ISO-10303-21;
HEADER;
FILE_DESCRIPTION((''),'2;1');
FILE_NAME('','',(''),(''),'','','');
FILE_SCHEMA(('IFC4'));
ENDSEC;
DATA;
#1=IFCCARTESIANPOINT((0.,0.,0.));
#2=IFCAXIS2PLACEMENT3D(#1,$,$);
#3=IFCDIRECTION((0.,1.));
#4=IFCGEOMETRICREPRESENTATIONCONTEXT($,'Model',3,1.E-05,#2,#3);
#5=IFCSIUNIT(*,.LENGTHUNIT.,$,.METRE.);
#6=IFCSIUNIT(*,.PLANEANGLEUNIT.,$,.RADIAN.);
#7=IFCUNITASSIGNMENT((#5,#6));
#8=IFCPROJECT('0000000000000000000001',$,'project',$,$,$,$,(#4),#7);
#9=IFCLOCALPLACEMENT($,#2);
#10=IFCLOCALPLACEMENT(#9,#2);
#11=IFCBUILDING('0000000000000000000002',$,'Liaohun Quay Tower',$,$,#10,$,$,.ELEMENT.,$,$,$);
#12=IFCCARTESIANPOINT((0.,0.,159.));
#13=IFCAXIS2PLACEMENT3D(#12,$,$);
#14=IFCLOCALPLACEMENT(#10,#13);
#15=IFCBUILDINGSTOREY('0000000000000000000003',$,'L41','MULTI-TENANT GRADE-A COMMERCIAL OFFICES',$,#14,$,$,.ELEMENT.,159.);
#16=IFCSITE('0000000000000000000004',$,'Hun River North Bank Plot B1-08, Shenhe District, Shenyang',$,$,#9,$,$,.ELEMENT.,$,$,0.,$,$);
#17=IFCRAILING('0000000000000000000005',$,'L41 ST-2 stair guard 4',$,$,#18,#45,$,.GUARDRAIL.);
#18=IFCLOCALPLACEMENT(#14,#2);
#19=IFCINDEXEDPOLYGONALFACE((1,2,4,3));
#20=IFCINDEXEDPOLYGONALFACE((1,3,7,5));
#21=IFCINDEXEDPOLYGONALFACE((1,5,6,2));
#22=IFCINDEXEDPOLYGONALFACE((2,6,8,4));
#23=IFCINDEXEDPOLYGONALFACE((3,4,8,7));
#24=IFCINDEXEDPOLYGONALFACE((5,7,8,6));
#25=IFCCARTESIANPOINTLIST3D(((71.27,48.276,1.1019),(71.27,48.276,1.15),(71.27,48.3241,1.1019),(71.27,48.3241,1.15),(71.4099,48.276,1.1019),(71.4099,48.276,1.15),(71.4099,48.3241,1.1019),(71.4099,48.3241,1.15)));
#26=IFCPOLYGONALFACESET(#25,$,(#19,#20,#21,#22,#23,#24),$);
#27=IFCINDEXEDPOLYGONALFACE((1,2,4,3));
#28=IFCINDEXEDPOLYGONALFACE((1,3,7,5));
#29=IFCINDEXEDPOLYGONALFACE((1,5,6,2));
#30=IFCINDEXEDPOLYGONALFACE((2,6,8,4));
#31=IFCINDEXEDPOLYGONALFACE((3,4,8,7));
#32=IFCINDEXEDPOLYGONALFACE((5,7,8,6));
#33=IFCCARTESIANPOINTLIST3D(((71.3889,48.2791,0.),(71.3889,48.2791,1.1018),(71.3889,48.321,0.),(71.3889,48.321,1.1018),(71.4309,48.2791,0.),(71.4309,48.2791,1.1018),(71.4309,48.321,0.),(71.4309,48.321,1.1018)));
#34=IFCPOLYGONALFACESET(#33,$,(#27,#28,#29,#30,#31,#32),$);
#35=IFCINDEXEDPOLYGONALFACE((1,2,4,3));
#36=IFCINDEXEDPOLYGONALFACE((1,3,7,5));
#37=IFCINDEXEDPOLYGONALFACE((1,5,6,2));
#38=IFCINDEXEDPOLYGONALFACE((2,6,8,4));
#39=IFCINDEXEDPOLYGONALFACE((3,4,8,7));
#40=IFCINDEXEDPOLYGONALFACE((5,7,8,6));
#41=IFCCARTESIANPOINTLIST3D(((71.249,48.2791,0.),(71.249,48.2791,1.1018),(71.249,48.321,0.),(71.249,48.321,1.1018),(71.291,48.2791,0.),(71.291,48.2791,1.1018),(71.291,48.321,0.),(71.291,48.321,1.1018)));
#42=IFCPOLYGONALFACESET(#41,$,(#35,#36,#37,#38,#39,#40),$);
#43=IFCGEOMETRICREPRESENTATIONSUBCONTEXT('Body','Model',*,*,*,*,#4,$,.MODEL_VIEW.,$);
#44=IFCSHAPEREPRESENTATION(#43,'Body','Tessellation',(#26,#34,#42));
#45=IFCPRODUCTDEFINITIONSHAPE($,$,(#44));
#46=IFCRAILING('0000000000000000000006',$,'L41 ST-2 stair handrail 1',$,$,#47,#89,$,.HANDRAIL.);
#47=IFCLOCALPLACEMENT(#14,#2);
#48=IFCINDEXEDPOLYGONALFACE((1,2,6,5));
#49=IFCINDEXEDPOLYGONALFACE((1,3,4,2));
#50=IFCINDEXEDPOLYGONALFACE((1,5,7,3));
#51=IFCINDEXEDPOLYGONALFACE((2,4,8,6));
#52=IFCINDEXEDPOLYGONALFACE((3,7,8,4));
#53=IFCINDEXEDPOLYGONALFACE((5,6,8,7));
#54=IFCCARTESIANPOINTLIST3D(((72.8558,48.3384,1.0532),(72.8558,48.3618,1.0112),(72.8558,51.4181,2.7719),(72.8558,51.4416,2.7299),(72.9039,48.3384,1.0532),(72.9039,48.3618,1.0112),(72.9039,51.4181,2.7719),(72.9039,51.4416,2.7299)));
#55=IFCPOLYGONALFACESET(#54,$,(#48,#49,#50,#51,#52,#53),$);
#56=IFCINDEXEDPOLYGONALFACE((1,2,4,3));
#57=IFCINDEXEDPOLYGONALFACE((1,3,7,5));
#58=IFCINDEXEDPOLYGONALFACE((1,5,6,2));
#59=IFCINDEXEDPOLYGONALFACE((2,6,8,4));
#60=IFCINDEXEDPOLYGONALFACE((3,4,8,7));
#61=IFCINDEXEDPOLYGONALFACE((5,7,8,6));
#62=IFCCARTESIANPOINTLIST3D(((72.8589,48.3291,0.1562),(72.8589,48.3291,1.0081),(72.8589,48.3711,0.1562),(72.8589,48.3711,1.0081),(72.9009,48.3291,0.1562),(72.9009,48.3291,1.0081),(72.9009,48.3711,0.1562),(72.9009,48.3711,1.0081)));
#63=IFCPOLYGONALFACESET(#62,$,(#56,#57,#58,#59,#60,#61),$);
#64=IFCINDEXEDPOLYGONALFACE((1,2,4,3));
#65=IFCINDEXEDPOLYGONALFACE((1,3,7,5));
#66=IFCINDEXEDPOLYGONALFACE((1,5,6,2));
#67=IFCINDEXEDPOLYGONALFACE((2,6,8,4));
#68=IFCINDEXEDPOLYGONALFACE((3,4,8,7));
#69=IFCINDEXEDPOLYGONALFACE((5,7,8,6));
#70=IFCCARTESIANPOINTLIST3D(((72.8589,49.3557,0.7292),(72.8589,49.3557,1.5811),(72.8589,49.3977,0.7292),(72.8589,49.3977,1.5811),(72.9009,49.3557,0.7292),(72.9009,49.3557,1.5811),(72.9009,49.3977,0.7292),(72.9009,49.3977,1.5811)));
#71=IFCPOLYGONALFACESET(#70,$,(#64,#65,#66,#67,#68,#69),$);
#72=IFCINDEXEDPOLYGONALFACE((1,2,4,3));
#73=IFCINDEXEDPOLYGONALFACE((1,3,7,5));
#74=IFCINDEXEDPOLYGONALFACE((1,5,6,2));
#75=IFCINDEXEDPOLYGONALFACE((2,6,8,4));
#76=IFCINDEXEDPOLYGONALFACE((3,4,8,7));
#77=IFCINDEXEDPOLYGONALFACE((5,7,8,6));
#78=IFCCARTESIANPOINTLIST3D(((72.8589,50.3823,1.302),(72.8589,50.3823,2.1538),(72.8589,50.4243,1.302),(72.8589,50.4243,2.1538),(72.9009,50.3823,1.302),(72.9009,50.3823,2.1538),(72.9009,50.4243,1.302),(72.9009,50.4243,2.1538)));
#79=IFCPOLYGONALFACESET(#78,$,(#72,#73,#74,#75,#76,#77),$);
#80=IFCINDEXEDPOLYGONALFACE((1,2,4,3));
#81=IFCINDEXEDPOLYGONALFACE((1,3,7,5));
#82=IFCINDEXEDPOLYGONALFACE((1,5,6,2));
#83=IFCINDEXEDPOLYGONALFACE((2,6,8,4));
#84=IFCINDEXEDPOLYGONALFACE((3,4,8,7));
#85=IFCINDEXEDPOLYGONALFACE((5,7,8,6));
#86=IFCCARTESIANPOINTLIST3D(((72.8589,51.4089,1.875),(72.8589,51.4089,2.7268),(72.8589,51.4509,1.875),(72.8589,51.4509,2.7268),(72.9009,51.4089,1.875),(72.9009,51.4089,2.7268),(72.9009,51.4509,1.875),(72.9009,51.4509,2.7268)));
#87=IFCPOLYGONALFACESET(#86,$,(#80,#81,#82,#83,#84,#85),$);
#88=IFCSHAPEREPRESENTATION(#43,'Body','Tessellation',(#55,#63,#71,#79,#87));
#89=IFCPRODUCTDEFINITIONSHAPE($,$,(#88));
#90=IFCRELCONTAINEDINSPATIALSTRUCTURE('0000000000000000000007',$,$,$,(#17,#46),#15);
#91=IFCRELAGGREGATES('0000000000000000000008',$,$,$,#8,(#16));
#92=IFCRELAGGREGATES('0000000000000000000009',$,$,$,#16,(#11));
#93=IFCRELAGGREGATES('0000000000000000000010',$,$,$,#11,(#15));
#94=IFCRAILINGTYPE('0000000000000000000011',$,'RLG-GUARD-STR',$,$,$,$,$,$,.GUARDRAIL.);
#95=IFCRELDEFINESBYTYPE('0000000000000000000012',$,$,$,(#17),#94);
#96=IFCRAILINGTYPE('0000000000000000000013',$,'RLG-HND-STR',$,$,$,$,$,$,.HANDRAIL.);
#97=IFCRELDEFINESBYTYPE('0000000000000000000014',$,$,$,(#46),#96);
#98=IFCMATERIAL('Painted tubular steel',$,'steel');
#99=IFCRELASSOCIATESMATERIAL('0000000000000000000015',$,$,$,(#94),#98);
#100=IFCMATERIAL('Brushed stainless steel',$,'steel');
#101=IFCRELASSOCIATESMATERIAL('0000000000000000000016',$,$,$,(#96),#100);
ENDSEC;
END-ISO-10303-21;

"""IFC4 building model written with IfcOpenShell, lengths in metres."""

from ifc_helpers import new_model, si_unit, direction, frame, origin, origin_2d, place, context, subcontext, project, spatial, rectangle, extrude, material, type_object, element, save


model = new_model("IFC4")

# Units and contexts
model_context = context("Model", 3, precision=1e-05, world=origin(), true_north=direction((0.0, 1.0)))
body_context = subcontext(model_context, "Body", "Model", "MODEL_VIEW")
ifc_project = project(units=[si_unit("LENGTHUNIT", "METRE"), si_unit("PLANEANGLEUNIT", "RADIAN")], contexts=[model_context])

# Site, building, storey
site_placement = place(None, origin())
site = spatial("IfcSite", under=ifc_project, at=site_placement, Name="Hun River North Bank Plot B1-08, Shenhe District, Shenyang", CompositionType="ELEMENT", RefElevation=0.0)
building_placement = place(site_placement, origin())
building = spatial("IfcBuilding", under=site, at=building_placement, Name="Liaohun Quay Tower", CompositionType="ELEMENT")
storey_placement = place(building_placement, frame((0.0, 0.0, 159.0)))
storey = spatial("IfcBuildingStorey", under=building, at=storey_placement, Name="L41", Description="MULTI-TENANT GRADE-A COMMERCIAL OFFICES", CompositionType="ELEMENT", Elevation=159.0)

# Railings
ifc_material_1 = material(Name="Painted tubular steel", Category="steel")
railing_type_1 = type_object("IfcRailingType", Name="RLG-GUARD-STR", PredefinedType="GUARDRAIL", material=ifc_material_1)
railing_1_placement = place(storey_placement, frame((71.4099, 48.3, 0.0)))
element("IfcRailing", 1, at=railing_1_placement, inside=storey, type_object=railing_type_1, Name="L41 ST-2 stair guard 4", PredefinedType="GUARDRAIL", context=body_context, shape_type="SweptSolid", body=[
    extrude(rectangle(XDim=0.0481, YDim=0.0481, at=origin_2d()), frame((0.0, 0.0, 1.126), z_axis=(-1.0, 0.0, 0.0), x_axis=(0.0, -1.0, 0.0)), (0.0, 0.0, 1.0), 0.1399),
    extrude(rectangle(XDim=0.042, YDim=0.042, at=origin_2d()), origin(), (0.0, 0.0, 1.0), 1.1018),
    extrude(rectangle(XDim=0.042, YDim=0.042, at=origin_2d()), frame((-0.1399, 0.0, 0.0)), (0.0, 0.0, 1.0), 1.1018),
])
ifc_material_2 = material(Name="Brushed stainless steel", Category="steel")
railing_type_2 = type_object("IfcRailingType", Name="RLG-HND-STR", PredefinedType="HANDRAIL", material=ifc_material_2)
railing_2_placement = place(storey_placement, frame((72.8799, 48.3501, 0.1562)))
element("IfcRailing", 2, at=railing_2_placement, inside=storey, type_object=railing_type_2, Name="L41 ST-2 stair handrail 1", PredefinedType="HANDRAIL", context=body_context, shape_type="SweptSolid", body=[
    extrude(rectangle(XDim=0.0481, YDim=0.0481, at=origin_2d()), frame((0.0, 0.0, 0.876), z_axis=(0.0, 0.873225, 0.487317), x_axis=(-1.0, 0.0, 0.0)), (0.0, 0.0, 1.0), 3.5269),
    extrude(rectangle(XDim=0.042, YDim=0.042, at=origin_2d()), origin(), (0.0, 0.0, 1.0), 0.8518),
    extrude(rectangle(XDim=0.042, YDim=0.042, at=origin_2d()), frame((0.0, 1.0266, 0.573)), (0.0, 0.0, 1.0), 0.8518),
    extrude(rectangle(XDim=0.042, YDim=0.042, at=origin_2d()), frame((0.0, 2.0532, 1.1458)), (0.0, 0.0, 1.0), 0.8518),
    extrude(rectangle(XDim=0.042, YDim=0.042, at=origin_2d()), frame((0.0, 3.0798, 1.7188)), (0.0, 0.0, 1.0), 0.8518),
])

save(model, "model.ifc")
